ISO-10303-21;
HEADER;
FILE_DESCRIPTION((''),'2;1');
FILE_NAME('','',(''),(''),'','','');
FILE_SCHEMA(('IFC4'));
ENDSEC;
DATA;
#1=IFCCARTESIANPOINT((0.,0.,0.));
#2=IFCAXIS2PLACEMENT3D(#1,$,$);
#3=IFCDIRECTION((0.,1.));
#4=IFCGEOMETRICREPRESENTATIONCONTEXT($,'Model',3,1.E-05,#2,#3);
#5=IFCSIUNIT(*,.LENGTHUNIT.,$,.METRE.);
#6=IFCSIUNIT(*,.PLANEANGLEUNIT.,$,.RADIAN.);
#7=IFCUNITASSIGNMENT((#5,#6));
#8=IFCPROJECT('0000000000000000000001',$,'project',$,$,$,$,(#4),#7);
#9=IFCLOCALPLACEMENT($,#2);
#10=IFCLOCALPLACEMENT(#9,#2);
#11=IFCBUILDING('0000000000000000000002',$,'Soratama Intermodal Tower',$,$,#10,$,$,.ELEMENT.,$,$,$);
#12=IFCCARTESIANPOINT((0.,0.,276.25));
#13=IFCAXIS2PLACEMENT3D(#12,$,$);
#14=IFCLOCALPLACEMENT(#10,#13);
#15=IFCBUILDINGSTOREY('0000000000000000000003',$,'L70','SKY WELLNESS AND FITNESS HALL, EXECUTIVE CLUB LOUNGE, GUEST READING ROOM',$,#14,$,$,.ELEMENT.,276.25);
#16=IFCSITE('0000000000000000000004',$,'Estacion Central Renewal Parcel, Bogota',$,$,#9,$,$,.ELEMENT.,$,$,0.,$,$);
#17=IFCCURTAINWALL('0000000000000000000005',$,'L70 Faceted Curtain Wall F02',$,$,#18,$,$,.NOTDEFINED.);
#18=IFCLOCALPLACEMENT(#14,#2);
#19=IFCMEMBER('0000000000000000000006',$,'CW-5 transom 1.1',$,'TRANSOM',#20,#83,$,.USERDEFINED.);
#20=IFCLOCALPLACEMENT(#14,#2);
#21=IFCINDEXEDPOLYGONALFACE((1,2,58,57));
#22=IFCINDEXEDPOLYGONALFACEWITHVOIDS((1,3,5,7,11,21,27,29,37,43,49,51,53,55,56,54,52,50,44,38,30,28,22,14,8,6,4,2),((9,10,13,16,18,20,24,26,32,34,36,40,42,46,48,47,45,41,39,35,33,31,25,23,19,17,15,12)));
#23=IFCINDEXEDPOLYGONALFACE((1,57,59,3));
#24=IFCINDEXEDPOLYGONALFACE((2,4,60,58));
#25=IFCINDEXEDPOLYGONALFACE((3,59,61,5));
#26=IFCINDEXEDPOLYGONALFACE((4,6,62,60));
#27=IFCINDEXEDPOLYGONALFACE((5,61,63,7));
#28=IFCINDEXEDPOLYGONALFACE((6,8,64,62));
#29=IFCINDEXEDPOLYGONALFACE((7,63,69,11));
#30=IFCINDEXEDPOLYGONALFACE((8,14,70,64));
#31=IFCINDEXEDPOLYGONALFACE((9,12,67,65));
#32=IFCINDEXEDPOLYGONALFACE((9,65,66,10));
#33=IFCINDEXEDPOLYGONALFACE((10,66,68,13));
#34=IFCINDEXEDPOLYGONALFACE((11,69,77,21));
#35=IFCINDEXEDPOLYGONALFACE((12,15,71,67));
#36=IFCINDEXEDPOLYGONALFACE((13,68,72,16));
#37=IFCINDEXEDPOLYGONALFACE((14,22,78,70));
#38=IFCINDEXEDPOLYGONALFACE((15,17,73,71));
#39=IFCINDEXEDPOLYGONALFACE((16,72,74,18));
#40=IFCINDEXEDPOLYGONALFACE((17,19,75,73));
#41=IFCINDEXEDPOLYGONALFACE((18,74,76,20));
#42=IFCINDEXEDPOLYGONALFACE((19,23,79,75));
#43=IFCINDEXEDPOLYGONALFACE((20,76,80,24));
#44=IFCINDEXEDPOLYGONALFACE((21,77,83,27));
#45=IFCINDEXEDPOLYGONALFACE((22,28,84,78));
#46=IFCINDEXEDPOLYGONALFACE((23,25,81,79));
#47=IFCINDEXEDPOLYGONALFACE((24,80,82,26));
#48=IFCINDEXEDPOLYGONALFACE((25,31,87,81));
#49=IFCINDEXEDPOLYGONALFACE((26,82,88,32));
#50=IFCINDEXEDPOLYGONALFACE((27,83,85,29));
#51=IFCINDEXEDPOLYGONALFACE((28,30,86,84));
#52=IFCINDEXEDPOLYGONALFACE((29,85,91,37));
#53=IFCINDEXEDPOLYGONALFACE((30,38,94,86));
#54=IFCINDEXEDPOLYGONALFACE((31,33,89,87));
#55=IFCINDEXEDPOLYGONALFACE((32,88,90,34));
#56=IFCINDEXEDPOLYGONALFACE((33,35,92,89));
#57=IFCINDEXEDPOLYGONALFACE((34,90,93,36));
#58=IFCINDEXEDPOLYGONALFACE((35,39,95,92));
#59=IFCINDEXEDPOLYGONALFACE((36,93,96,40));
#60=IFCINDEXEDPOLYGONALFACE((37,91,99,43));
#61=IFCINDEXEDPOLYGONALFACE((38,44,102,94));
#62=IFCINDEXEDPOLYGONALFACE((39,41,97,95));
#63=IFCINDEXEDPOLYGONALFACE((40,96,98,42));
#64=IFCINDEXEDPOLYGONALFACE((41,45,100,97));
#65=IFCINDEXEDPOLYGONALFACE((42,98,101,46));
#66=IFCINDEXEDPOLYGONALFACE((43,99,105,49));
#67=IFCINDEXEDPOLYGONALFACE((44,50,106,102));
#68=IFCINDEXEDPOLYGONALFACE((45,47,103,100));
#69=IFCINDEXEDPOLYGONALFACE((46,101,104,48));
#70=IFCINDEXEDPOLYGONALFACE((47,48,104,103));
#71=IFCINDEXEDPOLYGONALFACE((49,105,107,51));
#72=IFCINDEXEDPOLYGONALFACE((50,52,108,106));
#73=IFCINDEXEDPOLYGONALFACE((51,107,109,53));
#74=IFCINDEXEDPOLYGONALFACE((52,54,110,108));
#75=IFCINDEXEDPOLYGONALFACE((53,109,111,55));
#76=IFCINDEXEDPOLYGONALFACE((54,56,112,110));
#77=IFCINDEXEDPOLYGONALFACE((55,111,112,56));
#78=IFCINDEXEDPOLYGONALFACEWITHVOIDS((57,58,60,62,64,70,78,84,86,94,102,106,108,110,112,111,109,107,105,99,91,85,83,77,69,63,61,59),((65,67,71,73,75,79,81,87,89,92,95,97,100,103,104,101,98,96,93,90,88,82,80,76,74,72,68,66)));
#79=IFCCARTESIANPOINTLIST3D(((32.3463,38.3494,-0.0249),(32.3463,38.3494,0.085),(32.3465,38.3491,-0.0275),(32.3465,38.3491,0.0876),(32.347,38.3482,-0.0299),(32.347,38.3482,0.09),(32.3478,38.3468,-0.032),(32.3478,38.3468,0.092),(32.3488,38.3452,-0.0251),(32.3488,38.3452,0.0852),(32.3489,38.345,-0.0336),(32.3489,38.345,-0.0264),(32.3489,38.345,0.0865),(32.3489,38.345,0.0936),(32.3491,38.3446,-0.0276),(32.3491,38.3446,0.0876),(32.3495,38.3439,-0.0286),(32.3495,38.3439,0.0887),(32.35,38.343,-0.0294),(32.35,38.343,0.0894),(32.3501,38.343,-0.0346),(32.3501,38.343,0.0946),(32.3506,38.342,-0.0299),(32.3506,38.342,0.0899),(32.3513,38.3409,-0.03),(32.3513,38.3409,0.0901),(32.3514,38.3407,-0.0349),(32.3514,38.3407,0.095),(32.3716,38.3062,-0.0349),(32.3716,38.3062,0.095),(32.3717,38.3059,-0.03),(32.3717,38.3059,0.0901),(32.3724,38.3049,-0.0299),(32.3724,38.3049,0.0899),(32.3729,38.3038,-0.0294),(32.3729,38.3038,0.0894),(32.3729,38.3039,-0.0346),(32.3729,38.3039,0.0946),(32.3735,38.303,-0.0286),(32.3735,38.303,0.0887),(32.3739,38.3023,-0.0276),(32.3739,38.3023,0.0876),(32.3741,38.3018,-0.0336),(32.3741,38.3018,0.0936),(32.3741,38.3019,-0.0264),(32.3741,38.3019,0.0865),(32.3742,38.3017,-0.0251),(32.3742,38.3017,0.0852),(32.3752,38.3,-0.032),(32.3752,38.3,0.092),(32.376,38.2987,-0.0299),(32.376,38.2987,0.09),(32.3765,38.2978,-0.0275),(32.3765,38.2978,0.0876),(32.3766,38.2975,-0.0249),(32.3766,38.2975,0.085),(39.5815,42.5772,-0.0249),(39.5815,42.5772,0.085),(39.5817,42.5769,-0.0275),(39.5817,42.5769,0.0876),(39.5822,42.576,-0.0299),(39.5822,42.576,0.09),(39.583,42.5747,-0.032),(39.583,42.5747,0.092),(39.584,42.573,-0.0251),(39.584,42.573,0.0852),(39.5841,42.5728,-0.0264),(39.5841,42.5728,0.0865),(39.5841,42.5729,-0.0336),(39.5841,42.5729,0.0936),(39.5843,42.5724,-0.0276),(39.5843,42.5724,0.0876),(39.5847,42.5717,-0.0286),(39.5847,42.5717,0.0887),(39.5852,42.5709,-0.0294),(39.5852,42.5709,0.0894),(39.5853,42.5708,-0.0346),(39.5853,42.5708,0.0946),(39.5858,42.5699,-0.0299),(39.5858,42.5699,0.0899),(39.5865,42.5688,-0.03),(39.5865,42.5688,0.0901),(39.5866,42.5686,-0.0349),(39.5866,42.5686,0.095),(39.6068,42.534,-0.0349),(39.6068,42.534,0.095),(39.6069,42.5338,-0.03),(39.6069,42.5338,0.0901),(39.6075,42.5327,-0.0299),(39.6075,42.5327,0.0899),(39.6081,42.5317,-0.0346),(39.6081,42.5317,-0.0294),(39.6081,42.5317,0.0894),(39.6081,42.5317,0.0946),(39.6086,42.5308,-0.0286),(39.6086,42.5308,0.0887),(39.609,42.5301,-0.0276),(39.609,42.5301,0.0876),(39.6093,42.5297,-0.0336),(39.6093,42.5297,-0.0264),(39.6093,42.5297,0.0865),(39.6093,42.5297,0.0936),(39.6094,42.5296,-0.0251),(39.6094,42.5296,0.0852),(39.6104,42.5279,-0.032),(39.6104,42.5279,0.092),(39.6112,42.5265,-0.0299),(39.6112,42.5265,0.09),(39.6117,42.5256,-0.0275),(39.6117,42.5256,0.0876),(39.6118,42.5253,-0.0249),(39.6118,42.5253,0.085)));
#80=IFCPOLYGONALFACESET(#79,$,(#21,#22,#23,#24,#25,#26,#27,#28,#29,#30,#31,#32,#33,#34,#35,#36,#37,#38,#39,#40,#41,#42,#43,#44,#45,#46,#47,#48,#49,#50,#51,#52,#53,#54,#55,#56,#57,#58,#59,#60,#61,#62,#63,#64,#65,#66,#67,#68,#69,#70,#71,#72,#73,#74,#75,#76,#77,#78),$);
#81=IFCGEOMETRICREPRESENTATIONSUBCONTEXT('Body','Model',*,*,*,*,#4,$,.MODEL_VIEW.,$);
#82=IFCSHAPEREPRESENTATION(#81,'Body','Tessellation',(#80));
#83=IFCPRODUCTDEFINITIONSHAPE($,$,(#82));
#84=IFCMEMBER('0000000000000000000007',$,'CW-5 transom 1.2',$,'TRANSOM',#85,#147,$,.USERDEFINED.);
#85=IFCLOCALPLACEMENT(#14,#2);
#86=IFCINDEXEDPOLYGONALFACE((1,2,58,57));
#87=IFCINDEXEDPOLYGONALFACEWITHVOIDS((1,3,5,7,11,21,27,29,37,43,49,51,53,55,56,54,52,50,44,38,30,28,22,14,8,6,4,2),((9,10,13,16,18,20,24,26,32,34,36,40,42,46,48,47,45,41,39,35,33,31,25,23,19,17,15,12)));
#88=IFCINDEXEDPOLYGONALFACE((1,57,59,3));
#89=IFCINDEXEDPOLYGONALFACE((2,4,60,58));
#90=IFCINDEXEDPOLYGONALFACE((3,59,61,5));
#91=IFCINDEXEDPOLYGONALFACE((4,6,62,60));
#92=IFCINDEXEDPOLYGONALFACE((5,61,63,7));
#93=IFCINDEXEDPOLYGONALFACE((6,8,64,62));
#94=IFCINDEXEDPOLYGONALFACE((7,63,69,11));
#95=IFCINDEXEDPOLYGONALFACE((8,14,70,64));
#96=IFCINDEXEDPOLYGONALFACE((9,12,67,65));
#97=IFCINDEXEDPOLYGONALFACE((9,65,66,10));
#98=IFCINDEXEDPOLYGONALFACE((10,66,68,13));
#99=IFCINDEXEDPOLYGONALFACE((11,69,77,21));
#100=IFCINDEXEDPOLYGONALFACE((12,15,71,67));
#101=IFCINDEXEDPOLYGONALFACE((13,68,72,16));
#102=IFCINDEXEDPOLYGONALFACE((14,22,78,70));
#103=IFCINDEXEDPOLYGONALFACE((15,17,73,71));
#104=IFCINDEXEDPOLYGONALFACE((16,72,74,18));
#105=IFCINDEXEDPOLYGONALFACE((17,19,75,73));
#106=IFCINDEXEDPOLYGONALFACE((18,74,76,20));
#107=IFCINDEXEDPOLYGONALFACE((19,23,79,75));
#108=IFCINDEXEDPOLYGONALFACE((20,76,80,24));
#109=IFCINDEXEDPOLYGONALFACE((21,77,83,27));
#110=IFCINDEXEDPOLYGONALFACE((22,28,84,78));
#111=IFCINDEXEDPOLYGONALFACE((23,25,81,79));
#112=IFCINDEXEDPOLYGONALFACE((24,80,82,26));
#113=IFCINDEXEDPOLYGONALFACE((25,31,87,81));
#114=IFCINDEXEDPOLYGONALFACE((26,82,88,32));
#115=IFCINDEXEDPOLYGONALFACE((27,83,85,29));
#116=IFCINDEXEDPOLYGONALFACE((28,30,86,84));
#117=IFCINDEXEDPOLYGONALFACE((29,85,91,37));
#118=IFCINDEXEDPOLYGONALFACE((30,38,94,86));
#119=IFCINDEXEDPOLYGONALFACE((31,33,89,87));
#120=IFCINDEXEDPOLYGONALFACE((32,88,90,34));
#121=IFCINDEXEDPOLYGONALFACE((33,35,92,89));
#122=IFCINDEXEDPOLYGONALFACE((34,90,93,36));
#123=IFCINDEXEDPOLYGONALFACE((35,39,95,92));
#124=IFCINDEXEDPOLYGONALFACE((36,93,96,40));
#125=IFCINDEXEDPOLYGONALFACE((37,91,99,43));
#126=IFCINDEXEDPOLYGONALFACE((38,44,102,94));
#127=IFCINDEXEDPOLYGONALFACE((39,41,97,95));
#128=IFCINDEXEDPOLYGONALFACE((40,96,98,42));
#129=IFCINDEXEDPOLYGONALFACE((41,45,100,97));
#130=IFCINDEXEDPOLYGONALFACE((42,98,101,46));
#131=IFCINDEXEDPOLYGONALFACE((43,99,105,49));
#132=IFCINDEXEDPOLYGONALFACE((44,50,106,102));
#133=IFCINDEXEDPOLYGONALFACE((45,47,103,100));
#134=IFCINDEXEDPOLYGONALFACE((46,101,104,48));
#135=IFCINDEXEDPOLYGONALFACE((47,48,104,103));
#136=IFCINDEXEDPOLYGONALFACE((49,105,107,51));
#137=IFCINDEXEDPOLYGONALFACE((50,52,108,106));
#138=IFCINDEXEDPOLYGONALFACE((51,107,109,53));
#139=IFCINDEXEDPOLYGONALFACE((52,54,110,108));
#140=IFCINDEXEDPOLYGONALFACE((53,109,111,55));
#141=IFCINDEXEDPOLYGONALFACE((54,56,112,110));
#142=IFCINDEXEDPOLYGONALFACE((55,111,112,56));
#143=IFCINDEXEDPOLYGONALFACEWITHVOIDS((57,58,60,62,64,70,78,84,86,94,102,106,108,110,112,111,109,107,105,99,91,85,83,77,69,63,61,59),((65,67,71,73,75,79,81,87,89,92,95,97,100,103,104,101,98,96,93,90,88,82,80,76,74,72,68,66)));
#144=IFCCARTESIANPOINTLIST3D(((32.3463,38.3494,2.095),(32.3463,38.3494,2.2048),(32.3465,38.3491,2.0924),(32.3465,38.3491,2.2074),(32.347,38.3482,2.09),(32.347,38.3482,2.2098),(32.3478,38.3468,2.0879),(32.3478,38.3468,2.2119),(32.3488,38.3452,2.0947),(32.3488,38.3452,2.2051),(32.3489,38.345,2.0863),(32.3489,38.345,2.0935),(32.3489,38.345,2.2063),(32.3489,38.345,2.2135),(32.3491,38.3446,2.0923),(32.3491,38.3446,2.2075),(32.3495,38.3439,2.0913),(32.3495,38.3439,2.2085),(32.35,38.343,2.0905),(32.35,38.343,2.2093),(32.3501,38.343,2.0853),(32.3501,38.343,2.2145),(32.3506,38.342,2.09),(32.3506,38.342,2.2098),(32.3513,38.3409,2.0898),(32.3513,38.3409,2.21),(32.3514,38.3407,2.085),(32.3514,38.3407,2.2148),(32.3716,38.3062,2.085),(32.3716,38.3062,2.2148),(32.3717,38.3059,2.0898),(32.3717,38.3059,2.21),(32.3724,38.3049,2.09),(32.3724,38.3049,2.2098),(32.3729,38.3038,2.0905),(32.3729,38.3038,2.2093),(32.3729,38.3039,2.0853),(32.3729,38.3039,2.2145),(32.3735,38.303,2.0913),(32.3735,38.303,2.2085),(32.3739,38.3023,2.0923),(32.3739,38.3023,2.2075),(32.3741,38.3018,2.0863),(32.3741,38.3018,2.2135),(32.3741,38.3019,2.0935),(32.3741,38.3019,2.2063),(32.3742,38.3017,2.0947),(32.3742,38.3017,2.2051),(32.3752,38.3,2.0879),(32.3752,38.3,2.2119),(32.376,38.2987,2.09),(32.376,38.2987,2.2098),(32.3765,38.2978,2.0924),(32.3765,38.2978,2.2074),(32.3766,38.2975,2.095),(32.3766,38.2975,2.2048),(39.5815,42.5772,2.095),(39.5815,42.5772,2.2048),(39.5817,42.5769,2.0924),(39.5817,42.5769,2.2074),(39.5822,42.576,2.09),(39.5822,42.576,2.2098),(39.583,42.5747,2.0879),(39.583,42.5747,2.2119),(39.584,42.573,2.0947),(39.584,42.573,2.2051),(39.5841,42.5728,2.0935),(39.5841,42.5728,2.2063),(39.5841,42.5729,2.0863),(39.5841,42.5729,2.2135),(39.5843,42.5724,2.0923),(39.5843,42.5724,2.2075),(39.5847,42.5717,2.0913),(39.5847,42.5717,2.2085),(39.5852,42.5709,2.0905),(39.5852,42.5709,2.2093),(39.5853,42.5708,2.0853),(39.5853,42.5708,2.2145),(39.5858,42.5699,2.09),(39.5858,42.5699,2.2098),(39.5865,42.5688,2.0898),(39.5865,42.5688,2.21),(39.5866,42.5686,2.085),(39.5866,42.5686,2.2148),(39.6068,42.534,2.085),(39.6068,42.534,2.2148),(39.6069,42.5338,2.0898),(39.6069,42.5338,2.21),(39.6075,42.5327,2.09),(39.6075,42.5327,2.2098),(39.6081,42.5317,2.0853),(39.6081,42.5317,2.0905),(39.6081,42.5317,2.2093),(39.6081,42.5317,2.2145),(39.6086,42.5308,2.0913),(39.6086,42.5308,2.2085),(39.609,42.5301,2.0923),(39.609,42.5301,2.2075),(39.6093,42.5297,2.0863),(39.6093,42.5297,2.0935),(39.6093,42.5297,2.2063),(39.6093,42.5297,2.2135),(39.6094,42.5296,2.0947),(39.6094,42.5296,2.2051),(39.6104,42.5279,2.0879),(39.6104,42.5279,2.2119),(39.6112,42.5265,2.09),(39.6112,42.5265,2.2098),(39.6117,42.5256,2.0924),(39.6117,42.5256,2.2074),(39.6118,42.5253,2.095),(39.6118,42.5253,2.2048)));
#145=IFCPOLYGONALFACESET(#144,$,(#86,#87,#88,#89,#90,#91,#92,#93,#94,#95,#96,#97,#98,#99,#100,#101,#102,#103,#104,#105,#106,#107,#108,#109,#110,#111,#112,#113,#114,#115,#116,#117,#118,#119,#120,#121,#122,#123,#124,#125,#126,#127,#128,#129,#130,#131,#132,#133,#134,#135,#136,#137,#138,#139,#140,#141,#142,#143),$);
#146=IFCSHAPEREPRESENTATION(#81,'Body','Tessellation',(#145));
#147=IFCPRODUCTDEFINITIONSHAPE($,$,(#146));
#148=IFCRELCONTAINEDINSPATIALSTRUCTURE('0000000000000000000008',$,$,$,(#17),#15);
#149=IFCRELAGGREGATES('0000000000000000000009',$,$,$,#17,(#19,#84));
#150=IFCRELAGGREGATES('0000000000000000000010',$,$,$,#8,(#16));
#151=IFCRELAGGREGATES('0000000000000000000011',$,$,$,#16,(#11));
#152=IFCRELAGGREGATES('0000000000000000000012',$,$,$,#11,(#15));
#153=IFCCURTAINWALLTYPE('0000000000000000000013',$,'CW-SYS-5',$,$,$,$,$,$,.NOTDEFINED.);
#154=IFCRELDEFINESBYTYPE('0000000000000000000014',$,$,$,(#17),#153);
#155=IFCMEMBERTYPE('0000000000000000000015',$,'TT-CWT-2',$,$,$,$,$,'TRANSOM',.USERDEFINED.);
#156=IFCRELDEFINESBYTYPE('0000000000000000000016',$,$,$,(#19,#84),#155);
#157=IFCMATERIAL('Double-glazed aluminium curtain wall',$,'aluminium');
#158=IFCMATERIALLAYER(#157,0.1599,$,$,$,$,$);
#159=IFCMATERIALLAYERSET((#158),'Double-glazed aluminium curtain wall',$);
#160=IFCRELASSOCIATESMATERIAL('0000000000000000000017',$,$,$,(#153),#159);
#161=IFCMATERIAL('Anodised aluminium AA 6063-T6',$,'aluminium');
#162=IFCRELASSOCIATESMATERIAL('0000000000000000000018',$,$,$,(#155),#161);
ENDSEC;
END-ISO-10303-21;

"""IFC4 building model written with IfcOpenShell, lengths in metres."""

from ifc_helpers import new_model, si_unit, direction, frame, origin, origin_2d, place, context, subcontext, project, spatial, hollow_rectangle, extrude, material, layer, layer_set, material_profile, profile_set, type_object, element, aggregate, save


model = new_model("IFC4")

# Units and contexts
model_context = context("Model", 3, precision=1e-05, world=origin(), true_north=direction((0.0, 1.0)))
body_context = subcontext(model_context, "Body", "Model", "MODEL_VIEW")
ifc_project = project(units=[si_unit("LENGTHUNIT", "METRE"), si_unit("PLANEANGLEUNIT", "RADIAN")], contexts=[model_context])

# Site, building, storey
site_placement = place(None, origin())
site = spatial("IfcSite", under=ifc_project, at=site_placement, Name="Estacion Central Renewal Parcel, Bogota", CompositionType="ELEMENT", RefElevation=0.0)
building_placement = place(site_placement, origin())
building = spatial("IfcBuilding", under=site, at=building_placement, Name="Soratama Intermodal Tower", CompositionType="ELEMENT")
storey_placement = place(building_placement, frame((0.0, 0.0, 276.25)))
storey = spatial("IfcBuildingStorey", under=building, at=storey_placement, Name="L70", Description="SKY WELLNESS AND FITNESS HALL, EXECUTIVE CLUB LOUNGE, GUEST READING ROOM", CompositionType="ELEMENT", Elevation=276.25)

# Curtain wall
ifc_material_1 = material(Name="Double-glazed aluminium curtain wall", Category="aluminium")
ifc_layer_1 = layer(ifc_material_1, 0.1599)
ifc_layer_set_1 = layer_set([ifc_layer_1], Name="Double-glazed aluminium curtain wall")
curtain_wall_type = type_object("IfcCurtainWallType", Name="CW-SYS-5", PredefinedType="NOTDEFINED", material=ifc_layer_set_1)
curtain_wall_1_placement = place(storey_placement, origin())
curtain_wall_1 = element("IfcCurtainWall", 1, at=curtain_wall_1_placement, inside=storey, type_object=curtain_wall_type, Name="L70 Faceted Curtain Wall F02", PredefinedType="NOTDEFINED")

# Members
ifc_material_2 = material(Name="Anodised aluminium AA 6063-T6", Category="aluminium")
ifc_material_profile_1 = material_profile(ifc_material_2, hollow_rectangle(XDim=0.0601, YDim=0.1299, WallThickness=0.0049, InnerFilletRadius=0.0049, OuterFilletRadius=0.01, at=origin_2d()), Name="CWT130X60X5")
ifc_profile_set_1 = profile_set([ifc_material_profile_1], Name="Anodised aluminium AA 6063-T6")
member_type_1 = type_object("IfcMemberType", Name="TT-CWT-2", ElementType="TRANSOM", PredefinedType="USERDEFINED", material=ifc_profile_set_1)
member_1_placement = place(storey_placement, frame((39.5967, 42.5513, 0.03), z_axis=(-0.863399, -0.504521, 0.0), x_axis=(0.504521, -0.863399, 0.0)))
member_1 = element("IfcMember", 2, at=member_1_placement, type_object=member_type_1, Name="CW-5 transom 1.1", ObjectType="TRANSOM", PredefinedType="USERDEFINED", context=body_context, shape_type="SweptSolid", body=[
    extrude(hollow_rectangle(XDim=0.0601, YDim=0.1299, WallThickness=0.0049, InnerFilletRadius=0.0049, OuterFilletRadius=0.01, at=origin_2d()), origin(), (0.0, 0.0, 1.0), 8.3799),
])
member_2_placement = place(storey_placement, frame((39.5967, 42.5513, 2.1499), z_axis=(-0.863399, -0.504521, 0.0), x_axis=(0.504521, -0.863399, 0.0)))
member_2 = element("IfcMember", 3, at=member_2_placement, type_object=member_type_1, Name="CW-5 transom 1.2", ObjectType="TRANSOM", PredefinedType="USERDEFINED", context=body_context, shape_type="SweptSolid", body=[
    extrude(hollow_rectangle(XDim=0.0601, YDim=0.1299, WallThickness=0.0049, InnerFilletRadius=0.0049, OuterFilletRadius=0.01, at=origin_2d()), origin(), (0.0, 0.0, 1.0), 8.3799),
])

aggregate(curtain_wall_1, [member_1, member_2])

save(model, "model.ifc")
